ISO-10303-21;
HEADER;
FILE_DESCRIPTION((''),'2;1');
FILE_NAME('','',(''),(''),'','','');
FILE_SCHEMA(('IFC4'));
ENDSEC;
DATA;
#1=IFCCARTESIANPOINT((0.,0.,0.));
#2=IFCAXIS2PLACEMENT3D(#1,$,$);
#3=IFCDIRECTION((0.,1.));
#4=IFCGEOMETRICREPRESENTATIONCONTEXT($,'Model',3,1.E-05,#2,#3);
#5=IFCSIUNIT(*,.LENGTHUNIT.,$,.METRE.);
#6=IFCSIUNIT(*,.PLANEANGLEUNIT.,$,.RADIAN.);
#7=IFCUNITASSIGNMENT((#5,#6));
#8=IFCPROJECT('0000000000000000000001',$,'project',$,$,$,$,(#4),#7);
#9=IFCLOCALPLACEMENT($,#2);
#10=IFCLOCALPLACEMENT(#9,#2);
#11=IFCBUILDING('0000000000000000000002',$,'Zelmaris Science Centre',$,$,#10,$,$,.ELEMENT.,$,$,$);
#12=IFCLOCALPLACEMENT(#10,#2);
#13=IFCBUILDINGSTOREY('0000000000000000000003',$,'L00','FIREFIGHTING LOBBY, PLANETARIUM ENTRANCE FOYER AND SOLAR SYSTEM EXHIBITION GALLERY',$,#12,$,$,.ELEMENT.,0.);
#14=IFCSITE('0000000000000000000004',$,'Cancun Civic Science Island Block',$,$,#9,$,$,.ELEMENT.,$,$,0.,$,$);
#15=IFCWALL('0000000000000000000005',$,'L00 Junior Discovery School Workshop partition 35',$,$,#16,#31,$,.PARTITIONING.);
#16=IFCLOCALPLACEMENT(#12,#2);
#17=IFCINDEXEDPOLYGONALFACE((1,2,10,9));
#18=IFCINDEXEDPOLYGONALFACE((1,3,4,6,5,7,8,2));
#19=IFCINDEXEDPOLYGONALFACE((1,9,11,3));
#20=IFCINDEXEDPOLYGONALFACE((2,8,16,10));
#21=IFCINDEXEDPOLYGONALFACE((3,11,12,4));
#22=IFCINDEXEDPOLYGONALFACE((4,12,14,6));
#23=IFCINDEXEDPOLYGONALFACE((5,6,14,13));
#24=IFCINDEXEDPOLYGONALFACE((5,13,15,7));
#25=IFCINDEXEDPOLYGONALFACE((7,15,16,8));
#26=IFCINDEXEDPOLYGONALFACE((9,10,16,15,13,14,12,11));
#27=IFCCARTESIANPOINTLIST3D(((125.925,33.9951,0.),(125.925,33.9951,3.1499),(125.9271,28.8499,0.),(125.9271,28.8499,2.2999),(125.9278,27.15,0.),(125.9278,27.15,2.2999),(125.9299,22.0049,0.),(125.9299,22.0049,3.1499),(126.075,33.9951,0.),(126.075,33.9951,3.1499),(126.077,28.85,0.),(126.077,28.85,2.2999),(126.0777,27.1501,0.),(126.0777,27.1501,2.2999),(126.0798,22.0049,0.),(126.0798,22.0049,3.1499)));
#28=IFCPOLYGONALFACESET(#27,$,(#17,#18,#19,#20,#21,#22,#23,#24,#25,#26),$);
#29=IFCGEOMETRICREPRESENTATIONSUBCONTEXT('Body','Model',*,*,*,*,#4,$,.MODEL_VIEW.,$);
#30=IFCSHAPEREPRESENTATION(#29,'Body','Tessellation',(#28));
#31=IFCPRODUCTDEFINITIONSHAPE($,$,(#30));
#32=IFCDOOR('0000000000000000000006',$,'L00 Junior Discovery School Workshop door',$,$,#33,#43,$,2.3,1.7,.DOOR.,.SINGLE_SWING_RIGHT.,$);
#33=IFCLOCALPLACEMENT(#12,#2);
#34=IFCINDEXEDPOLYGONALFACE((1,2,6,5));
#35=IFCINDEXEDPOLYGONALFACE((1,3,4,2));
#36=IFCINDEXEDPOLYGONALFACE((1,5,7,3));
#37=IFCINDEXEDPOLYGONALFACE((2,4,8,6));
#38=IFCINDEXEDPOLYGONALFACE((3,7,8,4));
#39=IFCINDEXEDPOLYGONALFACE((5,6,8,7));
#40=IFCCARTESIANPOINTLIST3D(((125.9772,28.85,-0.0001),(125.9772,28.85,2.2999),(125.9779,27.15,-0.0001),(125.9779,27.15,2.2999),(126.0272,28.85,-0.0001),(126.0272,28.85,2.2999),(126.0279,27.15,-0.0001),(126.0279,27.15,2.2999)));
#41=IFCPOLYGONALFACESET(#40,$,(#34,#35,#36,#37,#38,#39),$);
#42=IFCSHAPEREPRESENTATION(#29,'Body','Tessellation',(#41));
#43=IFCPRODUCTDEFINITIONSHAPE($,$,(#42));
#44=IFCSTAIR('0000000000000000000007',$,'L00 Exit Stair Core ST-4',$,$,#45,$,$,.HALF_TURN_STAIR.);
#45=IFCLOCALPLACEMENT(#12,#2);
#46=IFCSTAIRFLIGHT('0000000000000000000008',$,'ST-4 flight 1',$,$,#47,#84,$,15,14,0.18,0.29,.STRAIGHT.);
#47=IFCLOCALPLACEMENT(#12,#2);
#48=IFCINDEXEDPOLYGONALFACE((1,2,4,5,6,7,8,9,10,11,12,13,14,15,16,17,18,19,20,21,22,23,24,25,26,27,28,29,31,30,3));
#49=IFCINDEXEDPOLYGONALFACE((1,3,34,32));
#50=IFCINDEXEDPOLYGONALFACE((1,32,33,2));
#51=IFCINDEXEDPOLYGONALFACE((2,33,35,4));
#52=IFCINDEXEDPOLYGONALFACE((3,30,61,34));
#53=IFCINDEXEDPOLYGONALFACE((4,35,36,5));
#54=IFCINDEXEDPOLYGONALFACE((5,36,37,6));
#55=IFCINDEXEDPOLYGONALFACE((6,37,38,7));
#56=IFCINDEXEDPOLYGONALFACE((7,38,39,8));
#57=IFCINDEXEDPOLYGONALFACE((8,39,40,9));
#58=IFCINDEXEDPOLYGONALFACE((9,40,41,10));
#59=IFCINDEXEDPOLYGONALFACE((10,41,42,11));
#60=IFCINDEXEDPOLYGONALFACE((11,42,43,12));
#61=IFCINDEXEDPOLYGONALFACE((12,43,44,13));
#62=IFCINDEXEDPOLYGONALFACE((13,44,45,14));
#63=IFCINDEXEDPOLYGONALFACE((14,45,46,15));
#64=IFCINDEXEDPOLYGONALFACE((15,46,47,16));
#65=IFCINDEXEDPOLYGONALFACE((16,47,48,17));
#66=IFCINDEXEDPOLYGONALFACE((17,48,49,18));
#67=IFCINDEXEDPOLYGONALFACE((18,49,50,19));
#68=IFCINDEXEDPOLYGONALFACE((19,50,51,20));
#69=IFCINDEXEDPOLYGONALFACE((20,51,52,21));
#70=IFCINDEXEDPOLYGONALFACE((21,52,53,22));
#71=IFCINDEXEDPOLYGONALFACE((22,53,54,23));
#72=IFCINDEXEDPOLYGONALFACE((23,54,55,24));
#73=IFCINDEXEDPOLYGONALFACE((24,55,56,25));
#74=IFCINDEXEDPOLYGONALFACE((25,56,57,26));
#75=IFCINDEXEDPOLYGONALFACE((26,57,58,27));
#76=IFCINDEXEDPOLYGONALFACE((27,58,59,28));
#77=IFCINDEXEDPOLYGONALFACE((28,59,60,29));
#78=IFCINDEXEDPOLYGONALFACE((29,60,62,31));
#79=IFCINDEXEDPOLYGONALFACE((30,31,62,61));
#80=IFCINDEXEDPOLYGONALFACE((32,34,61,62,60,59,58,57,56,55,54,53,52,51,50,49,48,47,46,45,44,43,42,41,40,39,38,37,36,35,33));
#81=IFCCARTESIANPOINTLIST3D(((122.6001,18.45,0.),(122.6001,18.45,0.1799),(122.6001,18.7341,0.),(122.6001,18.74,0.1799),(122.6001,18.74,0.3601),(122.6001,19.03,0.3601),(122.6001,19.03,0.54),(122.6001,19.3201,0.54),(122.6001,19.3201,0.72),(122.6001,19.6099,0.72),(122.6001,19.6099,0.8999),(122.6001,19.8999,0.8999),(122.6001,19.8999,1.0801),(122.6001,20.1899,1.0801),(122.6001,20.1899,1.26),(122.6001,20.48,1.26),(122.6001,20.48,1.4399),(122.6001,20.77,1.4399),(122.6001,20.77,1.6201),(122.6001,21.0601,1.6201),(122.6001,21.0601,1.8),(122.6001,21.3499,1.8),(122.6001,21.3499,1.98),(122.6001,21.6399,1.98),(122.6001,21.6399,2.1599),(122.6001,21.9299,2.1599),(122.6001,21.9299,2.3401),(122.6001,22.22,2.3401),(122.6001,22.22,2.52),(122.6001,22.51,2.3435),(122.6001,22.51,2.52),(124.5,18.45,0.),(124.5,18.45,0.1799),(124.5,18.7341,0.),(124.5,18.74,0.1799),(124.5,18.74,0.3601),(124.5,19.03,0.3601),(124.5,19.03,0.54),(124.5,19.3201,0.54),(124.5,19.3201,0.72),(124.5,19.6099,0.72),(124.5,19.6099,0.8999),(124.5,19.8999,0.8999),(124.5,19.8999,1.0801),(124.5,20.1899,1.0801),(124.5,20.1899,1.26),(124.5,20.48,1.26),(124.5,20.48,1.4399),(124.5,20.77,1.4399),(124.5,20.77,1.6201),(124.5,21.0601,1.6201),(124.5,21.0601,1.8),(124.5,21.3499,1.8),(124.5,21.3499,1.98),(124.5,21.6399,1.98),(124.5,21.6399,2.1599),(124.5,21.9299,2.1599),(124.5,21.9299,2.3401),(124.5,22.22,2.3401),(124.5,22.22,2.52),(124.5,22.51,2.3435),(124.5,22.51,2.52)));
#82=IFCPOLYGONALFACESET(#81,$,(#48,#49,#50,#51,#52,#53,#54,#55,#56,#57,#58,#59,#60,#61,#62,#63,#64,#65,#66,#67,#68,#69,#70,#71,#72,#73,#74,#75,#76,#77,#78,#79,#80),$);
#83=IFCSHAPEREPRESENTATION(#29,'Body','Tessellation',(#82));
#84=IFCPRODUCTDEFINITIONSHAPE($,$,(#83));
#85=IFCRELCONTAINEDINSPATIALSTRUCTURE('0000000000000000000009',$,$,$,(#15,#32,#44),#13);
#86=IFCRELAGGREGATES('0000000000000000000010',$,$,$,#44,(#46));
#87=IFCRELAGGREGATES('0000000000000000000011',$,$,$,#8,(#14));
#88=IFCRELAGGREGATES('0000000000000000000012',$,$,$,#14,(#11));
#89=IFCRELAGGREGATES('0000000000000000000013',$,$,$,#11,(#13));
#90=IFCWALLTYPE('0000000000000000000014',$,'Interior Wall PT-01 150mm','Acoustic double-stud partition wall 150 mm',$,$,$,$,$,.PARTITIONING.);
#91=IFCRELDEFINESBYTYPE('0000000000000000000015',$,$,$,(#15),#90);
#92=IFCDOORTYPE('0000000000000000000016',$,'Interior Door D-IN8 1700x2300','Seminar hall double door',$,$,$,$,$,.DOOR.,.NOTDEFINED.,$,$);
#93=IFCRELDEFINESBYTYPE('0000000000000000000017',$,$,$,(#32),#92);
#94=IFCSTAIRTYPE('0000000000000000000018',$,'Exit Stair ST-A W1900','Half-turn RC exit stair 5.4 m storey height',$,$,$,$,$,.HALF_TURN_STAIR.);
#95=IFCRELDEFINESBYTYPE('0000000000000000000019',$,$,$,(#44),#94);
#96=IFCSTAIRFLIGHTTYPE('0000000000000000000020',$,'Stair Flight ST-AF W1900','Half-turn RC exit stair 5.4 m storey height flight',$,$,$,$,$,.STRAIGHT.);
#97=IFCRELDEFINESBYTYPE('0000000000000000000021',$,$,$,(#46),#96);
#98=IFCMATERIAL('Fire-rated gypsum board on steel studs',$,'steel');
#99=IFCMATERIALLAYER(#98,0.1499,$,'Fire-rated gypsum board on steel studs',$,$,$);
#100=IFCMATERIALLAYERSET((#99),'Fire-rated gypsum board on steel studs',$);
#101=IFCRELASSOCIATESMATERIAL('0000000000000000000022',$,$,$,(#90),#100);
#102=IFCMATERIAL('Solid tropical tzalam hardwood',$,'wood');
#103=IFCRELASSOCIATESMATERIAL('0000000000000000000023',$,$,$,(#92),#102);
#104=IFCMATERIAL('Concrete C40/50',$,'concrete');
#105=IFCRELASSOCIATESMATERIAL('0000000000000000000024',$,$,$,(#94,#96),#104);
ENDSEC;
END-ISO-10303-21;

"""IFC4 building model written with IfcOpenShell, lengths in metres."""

from ifc_helpers import new_model, si_unit, direction, frame, frame_2d, origin, place, context, subcontext, project, spatial, polyline, rectangle, outline, extrude, material, layer, layer_set, type_object, element, fill, aggregate, save


model = new_model("IFC4")

# Units and contexts
model_context = context("Model", 3, precision=1e-05, world=origin(), true_north=direction((0.0, 1.0)))
body_context = subcontext(model_context, "Body", "Model", "MODEL_VIEW")
ifc_project = project(units=[si_unit("LENGTHUNIT", "METRE"), si_unit("PLANEANGLEUNIT", "RADIAN")], contexts=[model_context])

# Site, building, storey
site_placement = place(None, origin())
site = spatial("IfcSite", under=ifc_project, at=site_placement, Name="Cancun Civic Science Island Block", CompositionType="ELEMENT", RefElevation=0.0)
building_placement = place(site_placement, origin())
building = spatial("IfcBuilding", under=site, at=building_placement, Name="Zelmaris Science Centre", CompositionType="ELEMENT")
storey_placement = place(building_placement, origin())
storey = spatial("IfcBuildingStorey", under=building, at=storey_placement, Name="L00", Description="FIREFIGHTING LOBBY, PLANETARIUM ENTRANCE FOYER AND SOLAR SYSTEM EXHIBITION GALLERY", CompositionType="ELEMENT", Elevation=0.0)

# Shared definitions
ifc_material_1 = material(Name="Concrete C40/50", Category="concrete")

# Wall, opening, door
ifc_material_2 = material(Name="Fire-rated gypsum board on steel studs", Category="steel")
ifc_layer_1 = layer(ifc_material_2, 0.1499, Name="Fire-rated gypsum board on steel studs")
ifc_layer_set_1 = layer_set([ifc_layer_1], Name="Fire-rated gypsum board on steel studs")
wall_type_1 = type_object("IfcWallType", Name="Interior Wall PT-01 150mm", Description="Acoustic double-stud partition wall 150 mm", PredefinedType="PARTITIONING", material=ifc_layer_set_1)
wall_1_placement = place(storey_placement, frame((126.0049, 22.0049, 0.0), z_axis=(0.0, 0.0, 1.0), x_axis=(-0.000407, 1.0, 0.0)))
wall_1 = element("IfcWall", 1, at=wall_1_placement, inside=storey, type_object=wall_type_1, Name="L00 Junior Discovery School Workshop partition 35", PredefinedType="PARTITIONING", context=body_context, shape_type="SweptSolid", body=[
    extrude(rectangle(XDim=11.9902, YDim=0.1499, at=frame_2d((5.9951, 0.0))), origin(), (0.0, 0.0, 1.0), 3.1499),
])
opening_1_placement = place(wall_1_placement, frame((5.145, 0.0, 0.0)))
opening_1 = element("IfcOpeningElement", 2, at=opening_1_placement, cuts=wall_1, PredefinedType="OPENING", context=body_context, shape_type="SweptSolid", body=[
    extrude(rectangle(XDim=1.7, YDim=2.3, at=frame_2d((0.8501, 1.1499))), frame((0.0, 0.085, 0.0), z_axis=(0.0, -1.0, 0.0), x_axis=(1.0, 0.0, 0.0)), (0.0, 0.0, 1.0), 0.1699),
])
ifc_material_3 = material(Name="Solid tropical tzalam hardwood", Category="wood")
door_type_1 = type_object("IfcDoorType", Name="Interior Door D-IN8 1700x2300", Description="Seminar hall double door", OperationType="NOTDEFINED", PredefinedType="DOOR", material=ifc_material_3)
door_1_placement = place(opening_1_placement, origin())
door_1 = element("IfcDoor", 3, at=door_1_placement, inside=storey, type_object=door_type_1, Name="L00 Junior Discovery School Workshop door", OperationType="SINGLE_SWING_RIGHT", OverallHeight=2.3, OverallWidth=1.7, PredefinedType="DOOR", context=body_context, shape_type="SweptSolid", body=[
    extrude(rectangle(XDim=1.7, YDim=2.3, at=frame_2d((0.8501, 1.1499))), frame((0.0, 0.0249, 0.0), z_axis=(0.0, -1.0, 0.0), x_axis=(1.0, 0.0, 0.0)), (0.0, 0.0, 1.0), 0.05),
])
fill(opening_1, door_1)

# Stair, stair flight
stair_type = type_object("IfcStairType", Name="Exit Stair ST-A W1900", Description="Half-turn RC exit stair 5.4 m storey height", PredefinedType="HALF_TURN_STAIR", material=ifc_material_1)
stair_placement = place(storey_placement, origin())
stair = element("IfcStair", 4, at=stair_placement, inside=storey, type_object=stair_type, Name="L00 Exit Stair Core ST-4", PredefinedType="HALF_TURN_STAIR")
stair_flight_type = type_object("IfcStairFlightType", Name="Stair Flight ST-AF W1900", Description="Half-turn RC exit stair 5.4 m storey height flight", PredefinedType="STRAIGHT", material=ifc_material_1)
stair_flight_placement = place(storey_placement, frame((123.55, 18.45, 0.0), z_axis=(0.0, 0.0, 1.0), x_axis=(0.0, 1.0, 0.0)))
stair_flight = element("IfcStairFlight", 5, at=stair_flight_placement, type_object=stair_flight_type, Name="ST-4 flight 1", NumberOfRisers=15, NumberOfTreads=14, PredefinedType="STRAIGHT", RiserHeight=0.18, TreadLength=0.29, context=body_context, shape_type="SweptSolid", body=[
    extrude(outline(polyline([(0.0, 0.0), (0.0, 0.1799), (0.29, 0.1799), (0.29, 0.3601), (0.5801, 0.3601), (0.5801, 0.54), (0.8701, 0.54), (0.8701, 0.72), (1.1599, 0.72), (1.1599, 0.8999), (1.45, 0.8999), (1.45, 1.0801), (1.74, 1.0801), (1.74, 1.26), (2.03, 1.26), (2.03, 1.4399), (2.3201, 1.4399), (2.3201, 1.6201), (2.6101, 1.6201), (2.6101, 1.8), (2.8999, 1.8), (2.8999, 1.98), (3.1899, 1.98), (3.1899, 2.1599), (3.48, 2.1599), (3.48, 2.3401), (3.77, 2.3401), (3.77, 2.52), (4.0601, 2.52), (4.0601, 2.7), (4.0601, 2.3435), (0.2842, 0.0), (0.0, 0.0)])), frame((0.0, 0.95, 0.0), z_axis=(0.0, -1.0, 0.0), x_axis=(1.0, 0.0, 0.0)), (0.0, 0.0, 1.0), 1.8999),
])
aggregate(stair, [stair_flight])

save(model, "model.ifc")
